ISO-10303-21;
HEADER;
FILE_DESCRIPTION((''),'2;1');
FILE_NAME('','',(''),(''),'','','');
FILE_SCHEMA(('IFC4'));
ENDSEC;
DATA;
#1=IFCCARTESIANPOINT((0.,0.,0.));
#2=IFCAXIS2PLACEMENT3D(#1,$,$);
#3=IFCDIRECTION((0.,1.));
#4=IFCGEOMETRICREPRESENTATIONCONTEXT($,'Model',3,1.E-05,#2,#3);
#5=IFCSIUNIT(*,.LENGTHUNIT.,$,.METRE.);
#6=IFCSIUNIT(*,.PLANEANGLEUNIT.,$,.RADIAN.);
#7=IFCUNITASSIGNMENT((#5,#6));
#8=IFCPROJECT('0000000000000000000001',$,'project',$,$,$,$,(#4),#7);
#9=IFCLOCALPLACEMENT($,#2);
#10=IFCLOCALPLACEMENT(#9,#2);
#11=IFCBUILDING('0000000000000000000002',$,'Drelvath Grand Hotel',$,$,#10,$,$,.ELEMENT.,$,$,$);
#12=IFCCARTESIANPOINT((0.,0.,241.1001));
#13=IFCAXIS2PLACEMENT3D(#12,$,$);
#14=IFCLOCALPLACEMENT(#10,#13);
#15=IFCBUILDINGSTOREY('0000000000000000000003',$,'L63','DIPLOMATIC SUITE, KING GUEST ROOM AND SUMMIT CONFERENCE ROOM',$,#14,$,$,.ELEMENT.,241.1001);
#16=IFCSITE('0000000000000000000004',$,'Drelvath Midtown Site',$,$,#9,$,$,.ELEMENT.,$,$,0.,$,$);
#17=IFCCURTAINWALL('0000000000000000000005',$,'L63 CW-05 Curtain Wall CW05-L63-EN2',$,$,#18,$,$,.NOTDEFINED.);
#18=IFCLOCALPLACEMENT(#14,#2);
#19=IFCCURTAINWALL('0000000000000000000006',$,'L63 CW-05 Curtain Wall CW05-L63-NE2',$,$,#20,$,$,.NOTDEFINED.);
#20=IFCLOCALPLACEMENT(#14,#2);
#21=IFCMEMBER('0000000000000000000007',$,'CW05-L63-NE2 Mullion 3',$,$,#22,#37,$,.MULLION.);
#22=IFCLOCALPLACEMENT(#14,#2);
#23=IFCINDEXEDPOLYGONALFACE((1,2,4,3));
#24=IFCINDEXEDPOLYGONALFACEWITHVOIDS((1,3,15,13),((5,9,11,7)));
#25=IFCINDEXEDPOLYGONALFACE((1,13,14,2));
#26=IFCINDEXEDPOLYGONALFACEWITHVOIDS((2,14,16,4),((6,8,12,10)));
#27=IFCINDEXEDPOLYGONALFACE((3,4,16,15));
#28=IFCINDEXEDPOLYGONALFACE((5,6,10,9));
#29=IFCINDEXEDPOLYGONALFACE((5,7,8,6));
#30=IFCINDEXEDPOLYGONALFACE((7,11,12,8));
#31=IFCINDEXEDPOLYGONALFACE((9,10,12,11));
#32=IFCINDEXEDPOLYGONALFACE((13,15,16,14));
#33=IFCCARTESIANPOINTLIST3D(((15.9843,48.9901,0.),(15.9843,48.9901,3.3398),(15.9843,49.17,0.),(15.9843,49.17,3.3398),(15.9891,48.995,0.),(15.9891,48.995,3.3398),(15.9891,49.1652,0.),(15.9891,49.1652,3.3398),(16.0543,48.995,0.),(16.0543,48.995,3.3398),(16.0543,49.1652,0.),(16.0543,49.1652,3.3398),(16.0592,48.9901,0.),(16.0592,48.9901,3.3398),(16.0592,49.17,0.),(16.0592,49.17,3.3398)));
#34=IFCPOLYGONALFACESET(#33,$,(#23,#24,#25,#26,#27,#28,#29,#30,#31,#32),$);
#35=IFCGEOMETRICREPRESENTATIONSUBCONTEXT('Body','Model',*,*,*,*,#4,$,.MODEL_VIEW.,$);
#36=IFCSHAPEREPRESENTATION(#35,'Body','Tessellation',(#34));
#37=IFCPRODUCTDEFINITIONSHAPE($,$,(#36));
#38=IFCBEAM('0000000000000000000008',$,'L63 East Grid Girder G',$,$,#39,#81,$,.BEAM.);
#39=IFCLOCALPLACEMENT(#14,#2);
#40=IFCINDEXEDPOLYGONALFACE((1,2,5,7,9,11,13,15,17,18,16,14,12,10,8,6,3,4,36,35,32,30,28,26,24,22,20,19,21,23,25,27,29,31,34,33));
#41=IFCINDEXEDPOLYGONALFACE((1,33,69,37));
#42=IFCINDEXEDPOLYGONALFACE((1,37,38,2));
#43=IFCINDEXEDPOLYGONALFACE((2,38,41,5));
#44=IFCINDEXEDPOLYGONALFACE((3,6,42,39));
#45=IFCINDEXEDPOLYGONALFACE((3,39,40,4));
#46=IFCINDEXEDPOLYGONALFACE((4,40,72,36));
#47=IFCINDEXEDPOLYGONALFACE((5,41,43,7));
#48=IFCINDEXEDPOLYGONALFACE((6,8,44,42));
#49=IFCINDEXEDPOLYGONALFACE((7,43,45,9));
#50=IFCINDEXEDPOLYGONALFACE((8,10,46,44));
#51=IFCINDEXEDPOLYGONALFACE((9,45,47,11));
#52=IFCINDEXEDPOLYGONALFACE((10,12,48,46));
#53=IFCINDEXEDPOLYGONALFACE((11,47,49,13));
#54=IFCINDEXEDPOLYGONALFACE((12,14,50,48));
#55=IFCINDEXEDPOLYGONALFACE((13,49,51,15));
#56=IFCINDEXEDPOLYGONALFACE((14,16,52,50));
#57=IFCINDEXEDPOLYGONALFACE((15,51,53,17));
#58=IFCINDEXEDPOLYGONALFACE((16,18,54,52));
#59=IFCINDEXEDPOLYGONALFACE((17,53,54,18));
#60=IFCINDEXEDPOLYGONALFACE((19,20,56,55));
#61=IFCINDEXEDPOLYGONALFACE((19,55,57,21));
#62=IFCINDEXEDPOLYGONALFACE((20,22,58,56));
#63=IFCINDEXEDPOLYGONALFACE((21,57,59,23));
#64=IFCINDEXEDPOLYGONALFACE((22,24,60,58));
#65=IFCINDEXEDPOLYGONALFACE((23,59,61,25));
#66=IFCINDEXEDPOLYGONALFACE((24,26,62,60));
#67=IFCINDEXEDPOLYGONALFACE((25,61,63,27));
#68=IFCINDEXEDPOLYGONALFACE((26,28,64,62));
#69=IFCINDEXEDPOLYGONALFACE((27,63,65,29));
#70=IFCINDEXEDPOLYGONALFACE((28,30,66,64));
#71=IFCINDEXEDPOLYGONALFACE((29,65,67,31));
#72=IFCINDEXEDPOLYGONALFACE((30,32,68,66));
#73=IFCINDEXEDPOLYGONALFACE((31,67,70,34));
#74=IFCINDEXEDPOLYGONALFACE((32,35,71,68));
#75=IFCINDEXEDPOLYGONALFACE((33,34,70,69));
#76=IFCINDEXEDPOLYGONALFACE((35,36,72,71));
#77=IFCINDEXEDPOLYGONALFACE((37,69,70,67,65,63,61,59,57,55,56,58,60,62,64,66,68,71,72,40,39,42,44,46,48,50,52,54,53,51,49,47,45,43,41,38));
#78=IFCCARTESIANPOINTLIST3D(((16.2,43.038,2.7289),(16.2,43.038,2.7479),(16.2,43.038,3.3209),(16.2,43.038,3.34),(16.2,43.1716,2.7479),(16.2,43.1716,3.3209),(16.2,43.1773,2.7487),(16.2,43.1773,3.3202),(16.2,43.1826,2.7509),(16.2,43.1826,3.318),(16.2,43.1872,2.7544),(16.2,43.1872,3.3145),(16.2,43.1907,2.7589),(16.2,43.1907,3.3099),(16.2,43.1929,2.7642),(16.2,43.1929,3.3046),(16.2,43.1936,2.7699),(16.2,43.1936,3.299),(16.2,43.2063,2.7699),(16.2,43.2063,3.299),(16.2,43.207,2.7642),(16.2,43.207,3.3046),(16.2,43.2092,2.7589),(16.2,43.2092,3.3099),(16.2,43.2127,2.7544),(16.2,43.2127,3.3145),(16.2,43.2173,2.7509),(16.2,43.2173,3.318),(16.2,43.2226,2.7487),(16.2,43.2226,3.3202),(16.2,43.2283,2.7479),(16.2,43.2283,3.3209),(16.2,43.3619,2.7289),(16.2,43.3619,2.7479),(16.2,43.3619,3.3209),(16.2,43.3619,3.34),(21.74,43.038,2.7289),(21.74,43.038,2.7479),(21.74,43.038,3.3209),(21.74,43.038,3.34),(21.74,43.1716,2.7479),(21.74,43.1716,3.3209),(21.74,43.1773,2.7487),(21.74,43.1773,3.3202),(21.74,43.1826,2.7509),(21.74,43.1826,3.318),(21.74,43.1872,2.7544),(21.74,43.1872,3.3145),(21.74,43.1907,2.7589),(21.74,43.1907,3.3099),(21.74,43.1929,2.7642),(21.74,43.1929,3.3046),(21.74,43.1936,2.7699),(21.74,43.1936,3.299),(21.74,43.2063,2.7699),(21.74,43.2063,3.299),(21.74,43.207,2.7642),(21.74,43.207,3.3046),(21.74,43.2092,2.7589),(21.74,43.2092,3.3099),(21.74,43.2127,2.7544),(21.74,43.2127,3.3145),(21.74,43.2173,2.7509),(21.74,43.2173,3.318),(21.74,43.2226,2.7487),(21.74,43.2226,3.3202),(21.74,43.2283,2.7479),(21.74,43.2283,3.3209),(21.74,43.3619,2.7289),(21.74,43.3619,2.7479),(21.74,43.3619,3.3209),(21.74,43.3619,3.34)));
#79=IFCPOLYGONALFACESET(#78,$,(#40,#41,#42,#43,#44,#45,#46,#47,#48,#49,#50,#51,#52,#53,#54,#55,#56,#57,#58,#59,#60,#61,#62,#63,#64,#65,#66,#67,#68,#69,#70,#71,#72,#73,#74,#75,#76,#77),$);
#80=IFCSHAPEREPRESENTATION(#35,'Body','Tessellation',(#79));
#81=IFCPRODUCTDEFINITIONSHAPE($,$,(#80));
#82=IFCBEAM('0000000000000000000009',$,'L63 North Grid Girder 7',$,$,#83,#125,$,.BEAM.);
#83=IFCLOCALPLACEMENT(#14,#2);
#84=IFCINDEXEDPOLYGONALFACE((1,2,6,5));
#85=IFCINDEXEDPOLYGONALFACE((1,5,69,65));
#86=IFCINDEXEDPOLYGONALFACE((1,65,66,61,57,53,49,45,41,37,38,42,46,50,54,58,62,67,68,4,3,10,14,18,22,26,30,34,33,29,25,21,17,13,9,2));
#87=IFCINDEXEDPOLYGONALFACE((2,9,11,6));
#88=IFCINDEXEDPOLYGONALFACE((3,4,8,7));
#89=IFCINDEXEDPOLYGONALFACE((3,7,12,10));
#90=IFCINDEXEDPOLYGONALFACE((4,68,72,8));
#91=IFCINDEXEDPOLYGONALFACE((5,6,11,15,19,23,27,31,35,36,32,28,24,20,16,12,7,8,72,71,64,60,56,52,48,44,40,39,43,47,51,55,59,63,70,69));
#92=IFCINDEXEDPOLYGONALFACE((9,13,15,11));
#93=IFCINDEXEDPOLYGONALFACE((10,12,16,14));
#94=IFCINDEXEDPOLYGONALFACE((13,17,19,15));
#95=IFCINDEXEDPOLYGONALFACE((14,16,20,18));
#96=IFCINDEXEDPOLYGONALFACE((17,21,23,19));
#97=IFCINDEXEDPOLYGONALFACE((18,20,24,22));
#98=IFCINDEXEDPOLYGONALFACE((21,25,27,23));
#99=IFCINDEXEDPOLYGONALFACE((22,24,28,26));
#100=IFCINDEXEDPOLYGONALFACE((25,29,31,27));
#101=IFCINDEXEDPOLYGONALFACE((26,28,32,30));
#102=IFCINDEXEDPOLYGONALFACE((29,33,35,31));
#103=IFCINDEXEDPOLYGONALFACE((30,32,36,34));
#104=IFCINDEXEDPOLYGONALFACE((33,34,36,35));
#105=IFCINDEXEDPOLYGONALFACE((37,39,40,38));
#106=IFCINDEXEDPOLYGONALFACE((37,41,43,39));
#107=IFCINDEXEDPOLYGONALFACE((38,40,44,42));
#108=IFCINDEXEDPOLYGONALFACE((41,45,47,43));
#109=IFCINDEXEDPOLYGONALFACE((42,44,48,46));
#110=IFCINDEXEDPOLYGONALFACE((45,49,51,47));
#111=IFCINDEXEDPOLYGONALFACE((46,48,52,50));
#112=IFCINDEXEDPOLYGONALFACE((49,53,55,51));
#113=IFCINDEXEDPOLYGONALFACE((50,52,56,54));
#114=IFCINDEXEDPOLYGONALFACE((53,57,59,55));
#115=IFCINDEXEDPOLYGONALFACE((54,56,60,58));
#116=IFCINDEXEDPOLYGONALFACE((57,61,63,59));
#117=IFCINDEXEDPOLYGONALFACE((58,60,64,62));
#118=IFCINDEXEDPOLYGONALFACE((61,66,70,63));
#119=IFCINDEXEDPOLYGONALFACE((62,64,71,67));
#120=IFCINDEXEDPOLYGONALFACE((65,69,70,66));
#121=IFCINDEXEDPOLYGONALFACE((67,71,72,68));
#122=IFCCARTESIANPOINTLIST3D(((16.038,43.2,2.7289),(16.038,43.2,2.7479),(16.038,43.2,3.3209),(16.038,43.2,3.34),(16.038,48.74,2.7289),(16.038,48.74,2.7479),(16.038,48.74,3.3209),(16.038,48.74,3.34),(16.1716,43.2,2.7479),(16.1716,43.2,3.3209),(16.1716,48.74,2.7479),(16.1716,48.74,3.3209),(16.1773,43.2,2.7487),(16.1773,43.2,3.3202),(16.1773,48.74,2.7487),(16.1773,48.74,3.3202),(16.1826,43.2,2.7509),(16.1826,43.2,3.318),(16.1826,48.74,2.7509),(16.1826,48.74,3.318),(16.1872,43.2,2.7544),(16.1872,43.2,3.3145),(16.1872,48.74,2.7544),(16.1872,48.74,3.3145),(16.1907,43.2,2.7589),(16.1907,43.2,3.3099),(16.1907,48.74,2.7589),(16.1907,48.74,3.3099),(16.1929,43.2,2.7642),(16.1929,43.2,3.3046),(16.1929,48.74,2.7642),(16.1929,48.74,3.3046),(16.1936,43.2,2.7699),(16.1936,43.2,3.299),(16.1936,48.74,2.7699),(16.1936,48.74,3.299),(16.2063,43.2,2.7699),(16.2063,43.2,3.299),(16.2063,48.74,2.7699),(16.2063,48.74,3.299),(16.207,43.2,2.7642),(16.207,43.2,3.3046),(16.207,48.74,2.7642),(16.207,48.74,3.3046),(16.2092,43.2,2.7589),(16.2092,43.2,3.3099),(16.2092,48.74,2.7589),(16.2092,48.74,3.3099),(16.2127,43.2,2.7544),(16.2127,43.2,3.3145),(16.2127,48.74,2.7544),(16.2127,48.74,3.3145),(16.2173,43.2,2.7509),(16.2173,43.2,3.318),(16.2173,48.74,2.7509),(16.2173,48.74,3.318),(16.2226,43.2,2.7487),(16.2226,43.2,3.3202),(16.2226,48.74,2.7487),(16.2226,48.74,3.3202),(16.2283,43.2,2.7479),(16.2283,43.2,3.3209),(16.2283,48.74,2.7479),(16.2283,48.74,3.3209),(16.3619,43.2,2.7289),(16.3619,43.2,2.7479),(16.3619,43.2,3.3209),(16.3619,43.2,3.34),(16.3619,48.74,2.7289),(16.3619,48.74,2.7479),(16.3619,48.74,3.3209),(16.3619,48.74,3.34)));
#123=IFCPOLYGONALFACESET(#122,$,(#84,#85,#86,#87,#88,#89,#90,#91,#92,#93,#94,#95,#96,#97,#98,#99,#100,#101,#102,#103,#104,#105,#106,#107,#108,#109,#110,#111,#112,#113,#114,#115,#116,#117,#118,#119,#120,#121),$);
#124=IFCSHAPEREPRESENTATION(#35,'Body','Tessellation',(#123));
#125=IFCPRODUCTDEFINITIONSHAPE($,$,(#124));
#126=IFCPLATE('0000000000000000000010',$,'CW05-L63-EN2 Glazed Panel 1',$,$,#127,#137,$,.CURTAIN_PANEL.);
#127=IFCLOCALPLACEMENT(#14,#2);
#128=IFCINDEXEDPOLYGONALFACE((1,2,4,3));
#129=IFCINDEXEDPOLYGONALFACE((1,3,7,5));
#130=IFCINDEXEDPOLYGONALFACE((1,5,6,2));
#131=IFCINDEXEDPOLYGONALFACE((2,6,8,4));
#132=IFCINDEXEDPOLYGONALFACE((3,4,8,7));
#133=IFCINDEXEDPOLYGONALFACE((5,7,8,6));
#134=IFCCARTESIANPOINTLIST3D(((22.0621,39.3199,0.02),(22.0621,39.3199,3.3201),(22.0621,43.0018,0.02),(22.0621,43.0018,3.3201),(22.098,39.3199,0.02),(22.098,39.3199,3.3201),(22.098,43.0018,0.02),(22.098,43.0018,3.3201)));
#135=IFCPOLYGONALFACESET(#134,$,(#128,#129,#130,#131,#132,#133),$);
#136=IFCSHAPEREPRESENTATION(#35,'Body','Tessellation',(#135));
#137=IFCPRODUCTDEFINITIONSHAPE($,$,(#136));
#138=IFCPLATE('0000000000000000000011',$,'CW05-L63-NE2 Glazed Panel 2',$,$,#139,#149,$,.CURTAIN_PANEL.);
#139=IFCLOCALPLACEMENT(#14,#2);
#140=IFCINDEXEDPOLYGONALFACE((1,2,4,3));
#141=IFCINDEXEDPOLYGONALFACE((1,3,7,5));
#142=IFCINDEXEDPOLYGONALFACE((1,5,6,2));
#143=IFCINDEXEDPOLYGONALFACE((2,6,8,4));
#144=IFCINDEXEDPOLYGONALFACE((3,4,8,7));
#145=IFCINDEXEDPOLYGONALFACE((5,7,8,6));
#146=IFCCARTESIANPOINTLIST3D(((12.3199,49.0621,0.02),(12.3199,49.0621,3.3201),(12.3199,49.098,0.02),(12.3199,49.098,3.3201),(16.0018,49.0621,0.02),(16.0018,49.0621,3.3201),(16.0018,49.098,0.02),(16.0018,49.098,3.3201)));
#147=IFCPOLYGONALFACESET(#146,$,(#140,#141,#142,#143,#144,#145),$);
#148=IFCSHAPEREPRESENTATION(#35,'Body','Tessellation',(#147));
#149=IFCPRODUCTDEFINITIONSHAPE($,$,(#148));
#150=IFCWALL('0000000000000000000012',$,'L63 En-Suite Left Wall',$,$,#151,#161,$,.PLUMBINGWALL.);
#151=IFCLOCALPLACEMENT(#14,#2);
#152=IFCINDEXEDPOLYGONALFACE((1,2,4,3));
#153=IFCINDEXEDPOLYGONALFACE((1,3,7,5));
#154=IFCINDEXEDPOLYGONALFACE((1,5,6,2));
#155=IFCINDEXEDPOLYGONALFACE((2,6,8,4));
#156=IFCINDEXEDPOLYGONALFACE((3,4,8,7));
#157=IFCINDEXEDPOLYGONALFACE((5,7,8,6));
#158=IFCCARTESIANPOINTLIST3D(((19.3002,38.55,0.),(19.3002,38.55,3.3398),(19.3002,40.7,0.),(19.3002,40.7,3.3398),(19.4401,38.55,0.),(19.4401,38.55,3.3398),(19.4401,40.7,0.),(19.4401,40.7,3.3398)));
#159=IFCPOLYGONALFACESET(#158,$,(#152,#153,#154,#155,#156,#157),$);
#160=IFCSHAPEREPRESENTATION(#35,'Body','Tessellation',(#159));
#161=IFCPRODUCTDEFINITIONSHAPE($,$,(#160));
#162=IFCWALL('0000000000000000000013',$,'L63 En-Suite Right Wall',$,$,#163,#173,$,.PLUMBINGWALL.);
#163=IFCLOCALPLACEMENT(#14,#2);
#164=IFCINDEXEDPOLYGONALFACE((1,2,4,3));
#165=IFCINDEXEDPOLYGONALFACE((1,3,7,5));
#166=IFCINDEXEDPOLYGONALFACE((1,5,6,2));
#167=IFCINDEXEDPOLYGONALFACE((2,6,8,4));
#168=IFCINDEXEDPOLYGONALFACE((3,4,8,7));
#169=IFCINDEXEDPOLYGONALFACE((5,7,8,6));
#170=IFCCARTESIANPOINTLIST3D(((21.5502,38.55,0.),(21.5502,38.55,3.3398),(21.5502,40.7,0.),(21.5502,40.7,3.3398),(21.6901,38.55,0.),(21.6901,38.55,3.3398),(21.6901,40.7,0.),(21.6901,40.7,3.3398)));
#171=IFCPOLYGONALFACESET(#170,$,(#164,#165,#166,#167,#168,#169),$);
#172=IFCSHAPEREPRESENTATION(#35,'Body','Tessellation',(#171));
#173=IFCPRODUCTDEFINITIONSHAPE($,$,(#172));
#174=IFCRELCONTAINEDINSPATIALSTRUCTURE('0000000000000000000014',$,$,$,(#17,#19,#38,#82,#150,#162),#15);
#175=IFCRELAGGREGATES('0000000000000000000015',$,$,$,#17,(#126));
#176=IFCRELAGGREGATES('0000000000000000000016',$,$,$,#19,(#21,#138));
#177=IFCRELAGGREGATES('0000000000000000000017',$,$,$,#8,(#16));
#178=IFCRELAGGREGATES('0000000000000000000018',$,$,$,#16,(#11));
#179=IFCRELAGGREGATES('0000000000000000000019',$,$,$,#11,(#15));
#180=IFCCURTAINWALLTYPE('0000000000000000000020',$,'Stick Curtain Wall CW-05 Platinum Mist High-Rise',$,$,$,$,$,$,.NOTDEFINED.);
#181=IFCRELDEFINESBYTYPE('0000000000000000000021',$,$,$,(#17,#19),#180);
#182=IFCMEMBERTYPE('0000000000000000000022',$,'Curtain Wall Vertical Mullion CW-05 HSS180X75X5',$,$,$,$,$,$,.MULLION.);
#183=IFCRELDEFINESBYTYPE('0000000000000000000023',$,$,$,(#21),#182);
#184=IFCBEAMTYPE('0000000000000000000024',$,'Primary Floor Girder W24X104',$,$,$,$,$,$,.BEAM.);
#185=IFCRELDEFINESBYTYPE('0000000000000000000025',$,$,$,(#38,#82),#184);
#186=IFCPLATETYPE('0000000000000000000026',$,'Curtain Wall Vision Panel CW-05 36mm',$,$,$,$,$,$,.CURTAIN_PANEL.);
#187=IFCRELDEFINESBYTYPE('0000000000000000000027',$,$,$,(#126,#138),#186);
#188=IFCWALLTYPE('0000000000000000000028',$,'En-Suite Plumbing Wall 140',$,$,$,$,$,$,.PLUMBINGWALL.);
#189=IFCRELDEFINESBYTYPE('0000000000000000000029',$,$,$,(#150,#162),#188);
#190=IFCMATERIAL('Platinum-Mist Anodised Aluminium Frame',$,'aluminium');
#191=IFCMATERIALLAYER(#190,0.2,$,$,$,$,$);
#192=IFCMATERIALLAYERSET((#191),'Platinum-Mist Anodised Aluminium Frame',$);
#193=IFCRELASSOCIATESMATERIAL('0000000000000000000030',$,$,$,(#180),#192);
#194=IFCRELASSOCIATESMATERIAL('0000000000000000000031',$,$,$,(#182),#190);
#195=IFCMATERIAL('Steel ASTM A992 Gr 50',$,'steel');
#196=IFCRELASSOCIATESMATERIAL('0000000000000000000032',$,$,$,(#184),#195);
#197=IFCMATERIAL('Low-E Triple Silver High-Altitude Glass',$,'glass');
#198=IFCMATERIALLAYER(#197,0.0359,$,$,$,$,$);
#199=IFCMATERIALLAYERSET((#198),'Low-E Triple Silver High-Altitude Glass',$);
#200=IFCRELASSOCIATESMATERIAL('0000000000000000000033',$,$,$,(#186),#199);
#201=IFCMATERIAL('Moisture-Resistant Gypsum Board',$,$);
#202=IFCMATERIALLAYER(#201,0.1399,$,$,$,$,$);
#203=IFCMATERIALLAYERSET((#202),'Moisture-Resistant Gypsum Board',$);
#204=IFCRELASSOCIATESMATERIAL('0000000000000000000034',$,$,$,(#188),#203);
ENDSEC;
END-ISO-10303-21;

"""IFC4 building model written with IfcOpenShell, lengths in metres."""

from ifc_helpers import new_model, si_unit, direction, frame, frame_2d, origin, origin_2d, place, context, subcontext, project, spatial, rectangle, hollow_rectangle, i_section, extrude, material, layer, layer_set, material_profile, profile_set, type_object, element, aggregate, save


model = new_model("IFC4")

# Units and contexts
model_context = context("Model", 3, precision=1e-05, world=origin(), true_north=direction((0.0, 1.0)))
body_context = subcontext(model_context, "Body", "Model", "MODEL_VIEW")
ifc_project = project(units=[si_unit("LENGTHUNIT", "METRE"), si_unit("PLANEANGLEUNIT", "RADIAN")], contexts=[model_context])

# Site, building, storey
site_placement = place(None, origin())
site = spatial("IfcSite", under=ifc_project, at=site_placement, Name="Drelvath Midtown Site", CompositionType="ELEMENT", RefElevation=0.0)
building_placement = place(site_placement, origin())
building = spatial("IfcBuilding", under=site, at=building_placement, Name="Drelvath Grand Hotel", CompositionType="ELEMENT")
storey_placement = place(building_placement, frame((0.0, 0.0, 241.1001)))
storey = spatial("IfcBuildingStorey", under=building, at=storey_placement, Name="L63", Description="DIPLOMATIC SUITE, KING GUEST ROOM AND SUMMIT CONFERENCE ROOM", CompositionType="ELEMENT", Elevation=241.1001)

# Curtain walls, member
ifc_material_1 = material(Name="Platinum-Mist Anodised Aluminium Frame", Category="aluminium")
ifc_layer_1 = layer(ifc_material_1, 0.2)
ifc_layer_set_1 = layer_set([ifc_layer_1], Name="Platinum-Mist Anodised Aluminium Frame")
curtain_wall_type = type_object("IfcCurtainWallType", Name="Stick Curtain Wall CW-05 Platinum Mist High-Rise", PredefinedType="NOTDEFINED", material=ifc_layer_set_1)
curtain_wall_1_placement = place(storey_placement, origin())
curtain_wall_1 = element("IfcCurtainWall", 1, at=curtain_wall_1_placement, inside=storey, type_object=curtain_wall_type, Name="L63 CW-05 Curtain Wall CW05-L63-EN2", PredefinedType="NOTDEFINED")
ifc_material_profile_1 = material_profile(ifc_material_1, hollow_rectangle(XDim=0.075, YDim=0.1799, WallThickness=0.0049, at=origin_2d()), Name="HSS180X75X5")
ifc_profile_set_1 = profile_set([ifc_material_profile_1], Name="Platinum-Mist Anodised Aluminium Frame")
member_type_1 = type_object("IfcMemberType", Name="Curtain Wall Vertical Mullion CW-05 HSS180X75X5", PredefinedType="MULLION", material=ifc_profile_set_1)
curtain_wall_2_placement = place(storey_placement, origin())
curtain_wall_2 = element("IfcCurtainWall", 2, at=curtain_wall_2_placement, inside=storey, type_object=curtain_wall_type, Name="L63 CW-05 Curtain Wall CW05-L63-NE2", PredefinedType="NOTDEFINED")
member_1_placement = place(storey_placement, frame((16.0217, 49.0801, 0.0), z_axis=(0.0, 0.0, 1.0), x_axis=(1.0, 0.0, 0.0)))
member_1 = element("IfcMember", 3, at=member_1_placement, type_object=member_type_1, Name="CW05-L63-NE2 Mullion 3", PredefinedType="MULLION", context=body_context, shape_type="SweptSolid", body=[
    extrude(hollow_rectangle(XDim=0.075, YDim=0.1799, WallThickness=0.0049, at=origin_2d()), origin(), (0.0, 0.0, 1.0), 3.3398),
])

# Beams
ifc_material_2 = material(Name="Steel ASTM A992 Gr 50", Category="steel")
ifc_material_profile_2 = material_profile(ifc_material_2, i_section(OverallWidth=0.324, OverallDepth=0.6111, WebThickness=0.0127, FlangeThickness=0.019, FilletRadius=0.022, at=origin_2d()), Name="W24X104")
ifc_profile_set_2 = profile_set([ifc_material_profile_2], Name="Steel ASTM A992 Gr 50")
beam_type = type_object("IfcBeamType", Name="Primary Floor Girder W24X104", PredefinedType="BEAM", material=ifc_profile_set_2)
for number, where, z_axis, x_axis, name in (
    (4, (16.2, 43.2, 3.0344), (1.0, 0.0, 0.0), (0.0, 1.0, 0.0), "L63 East Grid Girder G"),
    (5, (16.2, 43.2, 3.0344), (0.0, 1.0, 0.0), (-1.0, 0.0, 0.0), "L63 North Grid Girder 7"),
):
    element("IfcBeam", number, at=place(storey_placement, frame(where, z_axis=z_axis, x_axis=x_axis)), inside=storey, type_object=beam_type, Name=name, PredefinedType="BEAM", context=body_context, shape_type="SweptSolid", body=[
        extrude(i_section(OverallWidth=0.324, OverallDepth=0.6111, WebThickness=0.0127, FlangeThickness=0.019, FilletRadius=0.022, at=origin_2d()), origin(), (0.0, 0.0, 1.0), 5.54),
    ])

# Plates
ifc_material_3 = material(Name="Low-E Triple Silver High-Altitude Glass", Category="glass")
ifc_layer_2 = layer(ifc_material_3, 0.0359)
ifc_layer_set_2 = layer_set([ifc_layer_2], Name="Low-E Triple Silver High-Altitude Glass")
plate_type = type_object("IfcPlateType", Name="Curtain Wall Vision Panel CW-05 36mm", PredefinedType="CURTAIN_PANEL", material=ifc_layer_set_2)
plate_1_placement = place(storey_placement, frame((22.0801, 41.1609, 0.02), z_axis=(0.0, 0.0, 1.0), x_axis=(0.0, -1.0, 0.0)))
plate_1 = element("IfcPlate", 6, at=plate_1_placement, type_object=plate_type, Name="CW05-L63-EN2 Glazed Panel 1", PredefinedType="CURTAIN_PANEL", context=body_context, shape_type="SweptSolid", body=[
    extrude(rectangle(XDim=3.6819, YDim=0.0359, at=origin_2d()), origin(), (0.0, 0.0, 1.0), 3.3),
])
aggregate(curtain_wall_1, [plate_1])
plate_2_placement = place(storey_placement, frame((14.1609, 49.0801, 0.02), z_axis=(0.0, 0.0, 1.0), x_axis=(1.0, 0.0, 0.0)))
plate_2 = element("IfcPlate", 7, at=plate_2_placement, type_object=plate_type, Name="CW05-L63-NE2 Glazed Panel 2", PredefinedType="CURTAIN_PANEL", context=body_context, shape_type="SweptSolid", body=[
    extrude(rectangle(XDim=3.6819, YDim=0.0359, at=origin_2d()), origin(), (0.0, 0.0, 1.0), 3.3),
])
aggregate(curtain_wall_2, [member_1, plate_2])

# Walls
ifc_material_4 = material(Name="Moisture-Resistant Gypsum Board")
ifc_layer_3 = layer(ifc_material_4, 0.1399)
ifc_layer_set_3 = layer_set([ifc_layer_3], Name="Moisture-Resistant Gypsum Board")
wall_type_1 = type_object("IfcWallType", Name="En-Suite Plumbing Wall 140", PredefinedType="PLUMBINGWALL", material=ifc_layer_set_3)
for number, where, z_axis, x_axis, name in (
    (8, (19.3701, 38.55, 0.0), (0.0, 0.0, 1.0), (0.0, 1.0, 0.0), "L63 En-Suite Left Wall"),
    (9, (21.6201, 38.55, 0.0), (0.0, 0.0, 1.0), (0.0, 1.0, 0.0), "L63 En-Suite Right Wall"),
):
    element("IfcWall", number, at=place(storey_placement, frame(where, z_axis=z_axis, x_axis=x_axis)), inside=storey, type_object=wall_type_1, Name=name, PredefinedType="PLUMBINGWALL", context=body_context, shape_type="SweptSolid", body=[
        extrude(rectangle(XDim=2.1499, YDim=0.1399, at=frame_2d((1.075, 0.0))), origin(), (0.0, 0.0, 1.0), 3.3398),
    ])

save(model, "model.ifc")
